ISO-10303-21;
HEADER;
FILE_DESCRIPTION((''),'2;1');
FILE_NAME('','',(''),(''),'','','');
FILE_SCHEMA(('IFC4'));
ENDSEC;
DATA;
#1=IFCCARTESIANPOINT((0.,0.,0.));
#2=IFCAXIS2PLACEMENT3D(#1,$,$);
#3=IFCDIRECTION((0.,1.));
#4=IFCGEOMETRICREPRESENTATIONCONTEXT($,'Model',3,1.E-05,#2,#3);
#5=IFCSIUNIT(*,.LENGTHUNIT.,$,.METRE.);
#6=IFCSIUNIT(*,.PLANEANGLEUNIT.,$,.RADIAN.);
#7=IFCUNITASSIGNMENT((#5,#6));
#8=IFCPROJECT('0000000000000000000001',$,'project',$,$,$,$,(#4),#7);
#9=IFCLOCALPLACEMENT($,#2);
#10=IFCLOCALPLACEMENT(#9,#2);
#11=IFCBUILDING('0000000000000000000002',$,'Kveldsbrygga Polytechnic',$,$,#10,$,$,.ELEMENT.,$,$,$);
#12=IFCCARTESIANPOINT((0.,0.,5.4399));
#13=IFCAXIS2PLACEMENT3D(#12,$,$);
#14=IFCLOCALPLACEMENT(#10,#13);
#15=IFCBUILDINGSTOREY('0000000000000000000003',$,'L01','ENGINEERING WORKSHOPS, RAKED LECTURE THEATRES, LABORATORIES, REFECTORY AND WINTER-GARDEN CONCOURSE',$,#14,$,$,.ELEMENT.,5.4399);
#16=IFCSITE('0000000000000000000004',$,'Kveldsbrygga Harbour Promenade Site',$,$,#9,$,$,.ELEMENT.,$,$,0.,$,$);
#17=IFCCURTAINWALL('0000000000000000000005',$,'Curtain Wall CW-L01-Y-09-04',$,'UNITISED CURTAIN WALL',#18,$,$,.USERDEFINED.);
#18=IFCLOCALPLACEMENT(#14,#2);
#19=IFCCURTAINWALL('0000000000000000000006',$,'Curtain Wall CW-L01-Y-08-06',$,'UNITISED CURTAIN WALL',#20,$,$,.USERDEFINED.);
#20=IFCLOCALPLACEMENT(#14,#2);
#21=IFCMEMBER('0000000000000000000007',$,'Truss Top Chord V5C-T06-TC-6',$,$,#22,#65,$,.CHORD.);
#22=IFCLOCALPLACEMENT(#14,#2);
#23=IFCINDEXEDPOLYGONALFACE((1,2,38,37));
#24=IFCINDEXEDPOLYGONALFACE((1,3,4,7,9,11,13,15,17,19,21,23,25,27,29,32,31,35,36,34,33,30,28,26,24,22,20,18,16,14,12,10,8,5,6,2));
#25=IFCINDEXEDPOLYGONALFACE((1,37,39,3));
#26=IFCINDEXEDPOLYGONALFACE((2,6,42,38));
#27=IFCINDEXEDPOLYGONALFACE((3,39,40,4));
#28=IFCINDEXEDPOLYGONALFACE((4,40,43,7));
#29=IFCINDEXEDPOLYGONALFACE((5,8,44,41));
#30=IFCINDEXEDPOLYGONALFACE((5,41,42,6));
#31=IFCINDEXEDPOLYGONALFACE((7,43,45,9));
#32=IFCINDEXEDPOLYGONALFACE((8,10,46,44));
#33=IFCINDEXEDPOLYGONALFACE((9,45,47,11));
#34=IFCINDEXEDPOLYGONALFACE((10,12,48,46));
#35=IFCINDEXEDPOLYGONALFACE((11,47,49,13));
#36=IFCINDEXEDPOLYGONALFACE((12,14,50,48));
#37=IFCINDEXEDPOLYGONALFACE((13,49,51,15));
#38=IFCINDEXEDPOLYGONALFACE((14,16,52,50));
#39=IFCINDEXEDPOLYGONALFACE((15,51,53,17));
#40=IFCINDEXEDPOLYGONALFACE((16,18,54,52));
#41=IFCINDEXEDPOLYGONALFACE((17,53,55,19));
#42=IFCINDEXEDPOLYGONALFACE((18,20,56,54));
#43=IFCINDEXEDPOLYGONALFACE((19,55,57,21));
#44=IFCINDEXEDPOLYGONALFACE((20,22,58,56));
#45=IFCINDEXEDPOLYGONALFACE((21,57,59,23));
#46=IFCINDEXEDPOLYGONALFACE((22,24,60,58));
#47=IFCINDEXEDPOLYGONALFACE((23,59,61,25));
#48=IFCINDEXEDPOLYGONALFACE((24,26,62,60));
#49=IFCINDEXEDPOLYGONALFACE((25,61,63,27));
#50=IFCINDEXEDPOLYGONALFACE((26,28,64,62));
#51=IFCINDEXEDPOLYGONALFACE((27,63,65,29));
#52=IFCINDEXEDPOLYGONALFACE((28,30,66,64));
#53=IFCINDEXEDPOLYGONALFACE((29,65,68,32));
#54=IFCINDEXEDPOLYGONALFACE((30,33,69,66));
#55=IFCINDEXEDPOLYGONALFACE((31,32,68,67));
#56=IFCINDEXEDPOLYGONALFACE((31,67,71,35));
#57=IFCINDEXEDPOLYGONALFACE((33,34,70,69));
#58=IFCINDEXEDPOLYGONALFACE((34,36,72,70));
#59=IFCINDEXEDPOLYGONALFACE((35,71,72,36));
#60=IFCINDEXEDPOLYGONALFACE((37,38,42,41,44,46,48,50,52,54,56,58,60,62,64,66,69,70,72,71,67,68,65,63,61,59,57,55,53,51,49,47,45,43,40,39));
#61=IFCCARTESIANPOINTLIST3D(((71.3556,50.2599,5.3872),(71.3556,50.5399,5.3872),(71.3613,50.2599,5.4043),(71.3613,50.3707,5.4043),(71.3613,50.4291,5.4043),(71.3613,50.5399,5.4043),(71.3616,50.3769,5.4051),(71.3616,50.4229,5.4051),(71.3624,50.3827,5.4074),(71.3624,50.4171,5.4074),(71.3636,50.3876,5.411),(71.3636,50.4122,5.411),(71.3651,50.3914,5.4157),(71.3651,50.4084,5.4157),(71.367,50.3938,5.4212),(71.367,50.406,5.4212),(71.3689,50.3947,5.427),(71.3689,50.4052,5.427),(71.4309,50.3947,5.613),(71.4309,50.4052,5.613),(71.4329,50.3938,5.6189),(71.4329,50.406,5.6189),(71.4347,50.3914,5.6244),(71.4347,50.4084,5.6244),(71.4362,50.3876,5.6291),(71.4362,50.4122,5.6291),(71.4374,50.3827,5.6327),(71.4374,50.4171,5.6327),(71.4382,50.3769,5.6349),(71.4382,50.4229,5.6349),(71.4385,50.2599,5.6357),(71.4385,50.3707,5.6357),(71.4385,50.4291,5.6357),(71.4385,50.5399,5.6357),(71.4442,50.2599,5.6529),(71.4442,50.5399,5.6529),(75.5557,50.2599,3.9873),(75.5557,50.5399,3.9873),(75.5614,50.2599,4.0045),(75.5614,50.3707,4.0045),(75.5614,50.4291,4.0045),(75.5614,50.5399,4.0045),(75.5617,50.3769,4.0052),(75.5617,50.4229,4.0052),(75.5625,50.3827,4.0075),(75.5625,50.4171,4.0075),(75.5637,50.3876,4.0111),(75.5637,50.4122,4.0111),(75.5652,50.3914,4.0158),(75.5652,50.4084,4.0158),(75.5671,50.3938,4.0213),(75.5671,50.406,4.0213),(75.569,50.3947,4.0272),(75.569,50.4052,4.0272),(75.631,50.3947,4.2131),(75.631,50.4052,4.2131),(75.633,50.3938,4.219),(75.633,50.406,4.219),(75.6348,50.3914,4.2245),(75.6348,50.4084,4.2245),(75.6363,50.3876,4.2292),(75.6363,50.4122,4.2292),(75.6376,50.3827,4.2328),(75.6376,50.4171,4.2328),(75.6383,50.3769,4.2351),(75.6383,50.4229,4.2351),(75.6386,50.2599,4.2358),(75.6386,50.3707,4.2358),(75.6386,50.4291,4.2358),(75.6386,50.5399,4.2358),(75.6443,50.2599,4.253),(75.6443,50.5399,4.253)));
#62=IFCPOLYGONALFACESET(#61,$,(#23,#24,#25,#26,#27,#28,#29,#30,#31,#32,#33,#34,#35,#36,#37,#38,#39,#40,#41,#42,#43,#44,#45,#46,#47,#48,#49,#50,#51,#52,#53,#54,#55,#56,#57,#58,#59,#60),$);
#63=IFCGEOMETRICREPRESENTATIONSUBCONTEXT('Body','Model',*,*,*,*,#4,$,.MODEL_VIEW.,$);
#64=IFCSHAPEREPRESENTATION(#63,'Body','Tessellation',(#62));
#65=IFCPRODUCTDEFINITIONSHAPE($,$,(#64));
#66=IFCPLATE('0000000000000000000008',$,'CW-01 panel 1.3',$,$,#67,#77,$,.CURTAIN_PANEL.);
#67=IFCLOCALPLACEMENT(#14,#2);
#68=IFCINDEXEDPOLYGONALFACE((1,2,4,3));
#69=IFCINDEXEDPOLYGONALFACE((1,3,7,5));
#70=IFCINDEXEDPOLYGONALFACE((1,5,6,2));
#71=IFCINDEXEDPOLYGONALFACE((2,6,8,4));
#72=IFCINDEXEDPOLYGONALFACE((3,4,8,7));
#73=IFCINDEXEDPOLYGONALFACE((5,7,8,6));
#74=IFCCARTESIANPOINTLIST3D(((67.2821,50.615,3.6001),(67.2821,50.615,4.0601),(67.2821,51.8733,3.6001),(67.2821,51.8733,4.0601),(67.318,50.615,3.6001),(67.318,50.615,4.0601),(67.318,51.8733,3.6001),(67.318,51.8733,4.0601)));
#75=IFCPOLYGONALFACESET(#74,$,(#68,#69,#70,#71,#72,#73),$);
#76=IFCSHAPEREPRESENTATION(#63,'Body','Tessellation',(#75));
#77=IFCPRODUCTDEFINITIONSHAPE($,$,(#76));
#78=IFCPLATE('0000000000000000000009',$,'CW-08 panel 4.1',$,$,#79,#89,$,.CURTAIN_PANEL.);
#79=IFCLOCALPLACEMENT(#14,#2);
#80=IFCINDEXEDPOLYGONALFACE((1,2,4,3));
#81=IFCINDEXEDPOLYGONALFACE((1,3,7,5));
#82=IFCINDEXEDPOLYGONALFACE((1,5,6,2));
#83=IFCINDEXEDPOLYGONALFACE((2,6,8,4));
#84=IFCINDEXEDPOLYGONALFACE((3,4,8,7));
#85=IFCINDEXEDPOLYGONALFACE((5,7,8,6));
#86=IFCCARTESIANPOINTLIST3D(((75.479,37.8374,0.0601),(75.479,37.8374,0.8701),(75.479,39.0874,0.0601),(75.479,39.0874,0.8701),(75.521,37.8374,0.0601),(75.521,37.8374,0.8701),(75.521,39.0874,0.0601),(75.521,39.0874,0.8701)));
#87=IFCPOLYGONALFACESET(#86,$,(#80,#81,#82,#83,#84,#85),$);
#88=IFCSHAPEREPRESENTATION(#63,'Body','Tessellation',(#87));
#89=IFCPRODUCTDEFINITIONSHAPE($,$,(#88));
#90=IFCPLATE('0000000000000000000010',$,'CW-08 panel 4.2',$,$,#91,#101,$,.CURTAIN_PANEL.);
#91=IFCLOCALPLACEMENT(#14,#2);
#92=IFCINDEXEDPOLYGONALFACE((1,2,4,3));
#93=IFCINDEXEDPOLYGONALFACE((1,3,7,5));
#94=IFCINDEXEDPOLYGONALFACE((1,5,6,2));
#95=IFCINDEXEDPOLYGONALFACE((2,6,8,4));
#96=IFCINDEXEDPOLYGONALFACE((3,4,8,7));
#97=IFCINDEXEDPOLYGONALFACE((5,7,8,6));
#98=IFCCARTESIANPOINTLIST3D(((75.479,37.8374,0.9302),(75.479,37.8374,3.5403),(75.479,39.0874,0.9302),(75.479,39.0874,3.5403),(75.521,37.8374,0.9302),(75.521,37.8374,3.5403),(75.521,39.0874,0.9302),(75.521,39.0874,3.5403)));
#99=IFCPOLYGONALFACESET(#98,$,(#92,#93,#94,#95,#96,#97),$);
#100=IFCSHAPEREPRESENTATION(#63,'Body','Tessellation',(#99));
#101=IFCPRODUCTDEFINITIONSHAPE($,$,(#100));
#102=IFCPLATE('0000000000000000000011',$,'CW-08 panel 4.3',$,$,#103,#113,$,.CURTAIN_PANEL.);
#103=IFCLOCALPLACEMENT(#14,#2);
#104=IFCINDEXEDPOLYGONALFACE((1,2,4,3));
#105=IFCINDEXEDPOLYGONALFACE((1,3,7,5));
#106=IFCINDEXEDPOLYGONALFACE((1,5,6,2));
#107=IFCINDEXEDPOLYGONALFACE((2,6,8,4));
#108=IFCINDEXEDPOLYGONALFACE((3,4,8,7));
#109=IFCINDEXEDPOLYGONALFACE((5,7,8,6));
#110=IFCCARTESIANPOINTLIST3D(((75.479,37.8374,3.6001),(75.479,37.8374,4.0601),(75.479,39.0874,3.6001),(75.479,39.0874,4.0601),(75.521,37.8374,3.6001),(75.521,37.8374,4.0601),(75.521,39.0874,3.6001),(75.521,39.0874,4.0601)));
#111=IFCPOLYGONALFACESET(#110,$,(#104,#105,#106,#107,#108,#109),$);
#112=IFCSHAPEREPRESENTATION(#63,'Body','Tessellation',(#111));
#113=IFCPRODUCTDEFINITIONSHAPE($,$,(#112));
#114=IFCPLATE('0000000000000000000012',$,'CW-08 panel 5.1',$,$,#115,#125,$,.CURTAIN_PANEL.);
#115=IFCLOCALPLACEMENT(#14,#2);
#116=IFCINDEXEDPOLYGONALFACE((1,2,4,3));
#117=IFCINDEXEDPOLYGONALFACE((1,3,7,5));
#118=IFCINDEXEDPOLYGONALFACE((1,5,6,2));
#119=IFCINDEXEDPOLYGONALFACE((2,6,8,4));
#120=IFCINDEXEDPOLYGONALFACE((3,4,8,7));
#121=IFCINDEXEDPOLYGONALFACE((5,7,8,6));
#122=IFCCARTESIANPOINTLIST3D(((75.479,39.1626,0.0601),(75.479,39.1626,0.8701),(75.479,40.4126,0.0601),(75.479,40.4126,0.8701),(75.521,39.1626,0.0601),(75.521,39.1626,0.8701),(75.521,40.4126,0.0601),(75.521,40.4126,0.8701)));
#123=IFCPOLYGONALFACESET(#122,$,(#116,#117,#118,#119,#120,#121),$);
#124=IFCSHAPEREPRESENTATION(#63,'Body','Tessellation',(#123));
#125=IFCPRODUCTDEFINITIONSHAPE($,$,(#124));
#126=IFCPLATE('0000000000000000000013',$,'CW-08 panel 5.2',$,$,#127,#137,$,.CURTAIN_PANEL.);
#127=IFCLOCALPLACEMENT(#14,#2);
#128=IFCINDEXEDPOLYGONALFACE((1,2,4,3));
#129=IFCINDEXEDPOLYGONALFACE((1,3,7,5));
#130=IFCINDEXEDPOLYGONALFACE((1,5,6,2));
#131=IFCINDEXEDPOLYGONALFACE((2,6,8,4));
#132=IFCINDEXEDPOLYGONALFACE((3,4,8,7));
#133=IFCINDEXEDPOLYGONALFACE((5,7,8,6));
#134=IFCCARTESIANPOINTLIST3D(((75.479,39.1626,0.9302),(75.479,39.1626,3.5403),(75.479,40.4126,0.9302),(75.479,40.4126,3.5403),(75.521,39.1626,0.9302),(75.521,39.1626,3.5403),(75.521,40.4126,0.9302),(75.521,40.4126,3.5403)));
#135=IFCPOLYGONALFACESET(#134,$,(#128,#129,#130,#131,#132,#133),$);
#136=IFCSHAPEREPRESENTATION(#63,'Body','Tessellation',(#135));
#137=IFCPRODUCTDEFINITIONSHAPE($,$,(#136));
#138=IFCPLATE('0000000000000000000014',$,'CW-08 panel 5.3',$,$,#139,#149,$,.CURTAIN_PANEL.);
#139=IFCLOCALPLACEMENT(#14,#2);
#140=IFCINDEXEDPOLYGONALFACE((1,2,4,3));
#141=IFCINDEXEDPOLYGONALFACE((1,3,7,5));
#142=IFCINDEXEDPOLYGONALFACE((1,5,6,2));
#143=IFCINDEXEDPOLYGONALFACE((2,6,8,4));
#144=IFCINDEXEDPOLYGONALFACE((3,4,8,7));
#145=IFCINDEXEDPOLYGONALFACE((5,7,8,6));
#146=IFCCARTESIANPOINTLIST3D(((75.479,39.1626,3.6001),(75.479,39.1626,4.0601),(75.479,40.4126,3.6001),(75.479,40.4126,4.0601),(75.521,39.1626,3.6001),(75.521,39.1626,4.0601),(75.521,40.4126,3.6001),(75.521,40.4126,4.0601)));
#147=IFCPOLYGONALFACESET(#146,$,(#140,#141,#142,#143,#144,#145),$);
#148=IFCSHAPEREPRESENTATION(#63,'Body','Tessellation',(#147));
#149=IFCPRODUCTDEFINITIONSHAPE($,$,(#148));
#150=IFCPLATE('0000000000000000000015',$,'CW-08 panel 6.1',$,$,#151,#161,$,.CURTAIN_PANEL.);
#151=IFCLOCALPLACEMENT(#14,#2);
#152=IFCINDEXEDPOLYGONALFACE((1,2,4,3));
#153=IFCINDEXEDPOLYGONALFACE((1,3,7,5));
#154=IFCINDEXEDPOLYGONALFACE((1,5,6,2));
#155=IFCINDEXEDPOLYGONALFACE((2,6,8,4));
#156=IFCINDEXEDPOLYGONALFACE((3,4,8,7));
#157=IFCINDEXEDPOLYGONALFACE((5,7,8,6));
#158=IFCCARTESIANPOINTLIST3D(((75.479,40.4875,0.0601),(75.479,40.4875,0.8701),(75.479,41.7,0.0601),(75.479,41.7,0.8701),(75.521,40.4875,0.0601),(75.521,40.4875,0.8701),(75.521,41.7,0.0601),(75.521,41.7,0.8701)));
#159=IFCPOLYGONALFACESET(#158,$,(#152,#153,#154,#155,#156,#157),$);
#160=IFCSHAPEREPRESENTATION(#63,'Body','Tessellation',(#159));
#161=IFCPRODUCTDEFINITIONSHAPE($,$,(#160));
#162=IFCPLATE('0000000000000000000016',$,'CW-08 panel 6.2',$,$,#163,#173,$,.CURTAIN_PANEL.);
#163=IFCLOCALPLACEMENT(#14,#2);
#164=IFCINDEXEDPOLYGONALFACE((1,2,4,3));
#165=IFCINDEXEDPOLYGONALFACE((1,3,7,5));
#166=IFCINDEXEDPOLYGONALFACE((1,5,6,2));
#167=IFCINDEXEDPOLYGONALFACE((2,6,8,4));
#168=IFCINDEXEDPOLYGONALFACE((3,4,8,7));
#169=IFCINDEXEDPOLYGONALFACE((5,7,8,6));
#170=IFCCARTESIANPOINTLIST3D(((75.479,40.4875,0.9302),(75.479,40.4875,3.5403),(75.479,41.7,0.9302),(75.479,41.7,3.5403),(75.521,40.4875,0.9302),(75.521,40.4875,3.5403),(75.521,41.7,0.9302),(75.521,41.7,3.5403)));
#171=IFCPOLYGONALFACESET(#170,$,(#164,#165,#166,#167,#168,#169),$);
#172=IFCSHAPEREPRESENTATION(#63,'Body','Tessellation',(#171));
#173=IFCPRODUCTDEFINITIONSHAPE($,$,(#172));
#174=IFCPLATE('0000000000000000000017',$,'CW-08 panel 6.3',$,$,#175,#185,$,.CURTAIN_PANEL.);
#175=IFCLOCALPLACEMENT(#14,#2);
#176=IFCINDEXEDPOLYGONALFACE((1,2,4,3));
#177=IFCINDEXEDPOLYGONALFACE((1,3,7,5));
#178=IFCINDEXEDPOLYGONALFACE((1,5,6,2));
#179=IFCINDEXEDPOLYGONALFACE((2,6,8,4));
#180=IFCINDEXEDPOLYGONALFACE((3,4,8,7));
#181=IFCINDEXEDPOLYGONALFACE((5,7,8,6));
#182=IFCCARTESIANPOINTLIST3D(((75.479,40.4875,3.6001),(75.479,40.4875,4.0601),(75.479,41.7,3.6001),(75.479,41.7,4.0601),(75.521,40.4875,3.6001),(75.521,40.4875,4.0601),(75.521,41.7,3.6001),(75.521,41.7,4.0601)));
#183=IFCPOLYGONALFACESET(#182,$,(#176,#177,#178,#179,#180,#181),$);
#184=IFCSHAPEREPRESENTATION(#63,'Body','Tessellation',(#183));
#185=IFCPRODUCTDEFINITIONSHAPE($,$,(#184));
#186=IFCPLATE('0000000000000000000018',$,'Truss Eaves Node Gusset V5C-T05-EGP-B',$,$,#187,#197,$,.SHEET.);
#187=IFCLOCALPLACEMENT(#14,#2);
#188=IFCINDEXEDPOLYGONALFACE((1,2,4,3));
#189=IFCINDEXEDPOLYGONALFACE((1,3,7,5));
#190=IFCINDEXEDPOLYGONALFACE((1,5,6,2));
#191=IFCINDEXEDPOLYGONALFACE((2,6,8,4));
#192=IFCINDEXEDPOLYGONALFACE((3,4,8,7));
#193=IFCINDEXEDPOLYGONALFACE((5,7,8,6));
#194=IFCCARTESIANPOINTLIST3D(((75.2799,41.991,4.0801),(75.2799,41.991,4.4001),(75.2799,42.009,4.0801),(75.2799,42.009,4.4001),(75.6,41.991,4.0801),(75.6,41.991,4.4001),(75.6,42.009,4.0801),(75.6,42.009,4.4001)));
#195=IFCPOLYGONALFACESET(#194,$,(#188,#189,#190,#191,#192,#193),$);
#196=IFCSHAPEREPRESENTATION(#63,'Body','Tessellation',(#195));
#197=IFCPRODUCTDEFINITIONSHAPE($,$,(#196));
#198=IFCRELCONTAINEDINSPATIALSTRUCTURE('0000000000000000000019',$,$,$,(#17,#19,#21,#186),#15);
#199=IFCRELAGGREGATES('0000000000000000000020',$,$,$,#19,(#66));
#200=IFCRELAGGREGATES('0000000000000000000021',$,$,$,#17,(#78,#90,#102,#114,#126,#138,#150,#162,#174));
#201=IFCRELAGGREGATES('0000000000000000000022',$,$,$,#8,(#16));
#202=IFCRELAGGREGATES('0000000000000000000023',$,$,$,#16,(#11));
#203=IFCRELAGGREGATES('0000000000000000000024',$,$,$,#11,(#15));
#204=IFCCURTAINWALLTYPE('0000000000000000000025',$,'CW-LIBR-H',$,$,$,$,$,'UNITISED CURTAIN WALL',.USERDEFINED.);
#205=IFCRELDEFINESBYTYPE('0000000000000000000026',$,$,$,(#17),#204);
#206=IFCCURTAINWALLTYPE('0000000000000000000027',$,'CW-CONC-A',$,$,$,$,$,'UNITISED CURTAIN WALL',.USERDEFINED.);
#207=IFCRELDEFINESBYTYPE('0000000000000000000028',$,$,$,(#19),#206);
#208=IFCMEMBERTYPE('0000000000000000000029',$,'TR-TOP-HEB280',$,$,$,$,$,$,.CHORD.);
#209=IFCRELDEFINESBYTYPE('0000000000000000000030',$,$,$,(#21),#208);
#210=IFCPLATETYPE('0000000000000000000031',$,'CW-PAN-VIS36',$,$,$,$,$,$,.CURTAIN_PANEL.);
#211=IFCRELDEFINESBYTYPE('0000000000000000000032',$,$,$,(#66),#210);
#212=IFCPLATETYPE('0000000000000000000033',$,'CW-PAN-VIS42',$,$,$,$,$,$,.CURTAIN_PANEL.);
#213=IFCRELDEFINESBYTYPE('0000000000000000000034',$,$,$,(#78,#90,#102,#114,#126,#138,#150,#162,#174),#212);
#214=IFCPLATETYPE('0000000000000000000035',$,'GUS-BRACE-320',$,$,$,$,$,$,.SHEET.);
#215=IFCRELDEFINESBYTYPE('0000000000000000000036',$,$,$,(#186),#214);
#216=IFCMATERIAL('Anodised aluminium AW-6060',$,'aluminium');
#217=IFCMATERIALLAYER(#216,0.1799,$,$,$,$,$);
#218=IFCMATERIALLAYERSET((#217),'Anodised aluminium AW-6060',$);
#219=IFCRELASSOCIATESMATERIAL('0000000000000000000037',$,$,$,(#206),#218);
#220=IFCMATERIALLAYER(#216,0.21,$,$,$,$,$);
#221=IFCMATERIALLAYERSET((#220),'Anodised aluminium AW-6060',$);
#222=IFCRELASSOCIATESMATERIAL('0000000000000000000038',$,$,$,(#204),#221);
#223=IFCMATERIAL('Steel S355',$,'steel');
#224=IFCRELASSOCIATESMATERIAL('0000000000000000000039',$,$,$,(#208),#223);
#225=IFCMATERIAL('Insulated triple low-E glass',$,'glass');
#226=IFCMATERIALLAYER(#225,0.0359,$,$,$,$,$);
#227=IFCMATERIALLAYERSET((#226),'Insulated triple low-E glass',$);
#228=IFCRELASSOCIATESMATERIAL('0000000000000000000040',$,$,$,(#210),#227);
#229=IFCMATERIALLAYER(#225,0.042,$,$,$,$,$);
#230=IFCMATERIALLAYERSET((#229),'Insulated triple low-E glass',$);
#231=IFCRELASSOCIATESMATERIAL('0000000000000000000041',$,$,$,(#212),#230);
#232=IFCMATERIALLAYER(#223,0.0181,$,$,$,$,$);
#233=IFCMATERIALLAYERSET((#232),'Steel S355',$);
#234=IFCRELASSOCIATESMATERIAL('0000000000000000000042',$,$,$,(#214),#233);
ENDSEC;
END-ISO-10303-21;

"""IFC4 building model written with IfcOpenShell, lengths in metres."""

from ifc_helpers import new_model, si_unit, direction, frame, origin, origin_2d, place, context, subcontext, project, spatial, rectangle, i_section, extrude, material, layer, layer_set, material_profile, profile_set, type_object, element, aggregate, save


model = new_model("IFC4")

# Units and contexts
model_context = context("Model", 3, precision=1e-05, world=origin(), true_north=direction((0.0, 1.0)))
body_context = subcontext(model_context, "Body", "Model", "MODEL_VIEW")
ifc_project = project(units=[si_unit("LENGTHUNIT", "METRE"), si_unit("PLANEANGLEUNIT", "RADIAN")], contexts=[model_context])

# Site, building, storey
site_placement = place(None, origin())
site = spatial("IfcSite", under=ifc_project, at=site_placement, Name="Kveldsbrygga Harbour Promenade Site", CompositionType="ELEMENT", RefElevation=0.0)
building_placement = place(site_placement, origin())
building = spatial("IfcBuilding", under=site, at=building_placement, Name="Kveldsbrygga Polytechnic", CompositionType="ELEMENT")
storey_placement = place(building_placement, frame((0.0, 0.0, 5.4399)))
storey = spatial("IfcBuildingStorey", under=building, at=storey_placement, Name="L01", Description="ENGINEERING WORKSHOPS, RAKED LECTURE THEATRES, LABORATORIES, REFECTORY AND WINTER-GARDEN CONCOURSE", CompositionType="ELEMENT", Elevation=5.4399)

# Shared definitions
ifc_material_1 = material(Name="Anodised aluminium AW-6060", Category="aluminium")
ifc_layer_1 = layer(ifc_material_1, 0.1799)
ifc_layer_set_1 = layer_set([ifc_layer_1], Name="Anodised aluminium AW-6060")
curtain_wall_type_1 = type_object("IfcCurtainWallType", Name="CW-CONC-A", ElementType="UNITISED CURTAIN WALL", PredefinedType="USERDEFINED", material=ifc_layer_set_1)

# Curtain wall
ifc_layer_2 = layer(ifc_material_1, 0.21)
ifc_layer_set_2 = layer_set([ifc_layer_2], Name="Anodised aluminium AW-6060")
curtain_wall_type_2 = type_object("IfcCurtainWallType", Name="CW-LIBR-H", ElementType="UNITISED CURTAIN WALL", PredefinedType="USERDEFINED", material=ifc_layer_set_2)
curtain_wall_1_placement = place(storey_placement, origin())
curtain_wall_1 = element("IfcCurtainWall", 1, at=curtain_wall_1_placement, inside=storey, type_object=curtain_wall_type_2, Name="Curtain Wall CW-L01-Y-09-04", ObjectType="UNITISED CURTAIN WALL", PredefinedType="USERDEFINED")

# Curtain wall
curtain_wall_2_placement = place(storey_placement, origin())
curtain_wall_2 = element("IfcCurtainWall", 2, at=curtain_wall_2_placement, inside=storey, type_object=curtain_wall_type_1, Name="Curtain Wall CW-L01-Y-08-06", ObjectType="UNITISED CURTAIN WALL", PredefinedType="USERDEFINED")

# Member
ifc_material_2 = material(Name="Steel S355", Category="steel")
ifc_material_profile_1 = material_profile(ifc_material_2, i_section(OverallWidth=0.28, OverallDepth=0.28, WebThickness=0.0105, FlangeThickness=0.0181, FilletRadius=0.0239, at=origin_2d()), Name="HEB 280")
ifc_profile_set_1 = profile_set([ifc_material_profile_1], Name="Steel S355")
member_type_1 = type_object("IfcMemberType", Name="TR-TOP-HEB280", PredefinedType="CHORD", material=ifc_profile_set_1)
for number, where, z_axis, x_axis, name in (
    (3, (71.3999, 50.3999, 5.52), (0.948694, 0.0, -0.316195), (0.0, 1.0, 0.0), "Truss Top Chord V5C-T06-TC-6"),
):
    element("IfcMember", number, at=place(storey_placement, frame(where, z_axis=z_axis, x_axis=x_axis)), inside=storey, type_object=member_type_1, Name=name, PredefinedType="CHORD", context=body_context, shape_type="SweptSolid", body=[
        extrude(i_section(OverallWidth=0.28, OverallDepth=0.28, WebThickness=0.0105, FlangeThickness=0.0181, FilletRadius=0.0239, at=origin_2d()), origin(), (0.0, 0.0, 1.0), 4.4272),
    ])

# Plates
ifc_material_3 = material(Name="Insulated triple low-E glass", Category="glass")
ifc_layer_3 = layer(ifc_material_3, 0.0359)
ifc_layer_set_3 = layer_set([ifc_layer_3], Name="Insulated triple low-E glass")
plate_type_1 = type_object("IfcPlateType", Name="CW-PAN-VIS36", PredefinedType="CURTAIN_PANEL", material=ifc_layer_set_3)
plate_1_placement = place(storey_placement, frame((67.3, 51.2441, 3.6001), z_axis=(0.0, 0.0, 1.0), x_axis=(0.0, 1.0, 0.0)))
plate_1 = element("IfcPlate", 4, at=plate_1_placement, type_object=plate_type_1, Name="CW-01 panel 1.3", PredefinedType="CURTAIN_PANEL", context=body_context, shape_type="SweptSolid", body=[
    extrude(rectangle(XDim=1.2583, YDim=0.0359, at=origin_2d()), origin(), (0.0, 0.0, 1.0), 0.46),
])
aggregate(curtain_wall_2, [plate_1])
ifc_layer_4 = layer(ifc_material_3, 0.042)
ifc_layer_set_4 = layer_set([ifc_layer_4], Name="Insulated triple low-E glass")
plate_type_2 = type_object("IfcPlateType", Name="CW-PAN-VIS42", PredefinedType="CURTAIN_PANEL", material=ifc_layer_set_4)
plate_2_placement = place(storey_placement, frame((75.5, 38.4624, 0.0601), z_axis=(0.0, 0.0, 1.0), x_axis=(0.0, 1.0, 0.0)))
plate_2 = element("IfcPlate", 5, at=plate_2_placement, type_object=plate_type_2, Name="CW-08 panel 4.1", PredefinedType="CURTAIN_PANEL", context=body_context, shape_type="SweptSolid", body=[
    extrude(rectangle(XDim=1.25, YDim=0.042, at=origin_2d()), origin(), (0.0, 0.0, 1.0), 0.8101),
])
plate_3_placement = place(storey_placement, frame((75.5, 38.4624, 0.9302), z_axis=(0.0, 0.0, 1.0), x_axis=(0.0, 1.0, 0.0)))
plate_3 = element("IfcPlate", 6, at=plate_3_placement, type_object=plate_type_2, Name="CW-08 panel 4.2", PredefinedType="CURTAIN_PANEL", context=body_context, shape_type="SweptSolid", body=[
    extrude(rectangle(XDim=1.25, YDim=0.042, at=origin_2d()), origin(), (0.0, 0.0, 1.0), 2.6101),
])
plate_4_placement = place(storey_placement, frame((75.5, 38.4624, 3.6001), z_axis=(0.0, 0.0, 1.0), x_axis=(0.0, 1.0, 0.0)))
plate_4 = element("IfcPlate", 7, at=plate_4_placement, type_object=plate_type_2, Name="CW-08 panel 4.3", PredefinedType="CURTAIN_PANEL", context=body_context, shape_type="SweptSolid", body=[
    extrude(rectangle(XDim=1.25, YDim=0.042, at=origin_2d()), origin(), (0.0, 0.0, 1.0), 0.46),
])
plate_5_placement = place(storey_placement, frame((75.5, 39.7876, 0.0601), z_axis=(0.0, 0.0, 1.0), x_axis=(0.0, 1.0, 0.0)))
plate_5 = element("IfcPlate", 8, at=plate_5_placement, type_object=plate_type_2, Name="CW-08 panel 5.1", PredefinedType="CURTAIN_PANEL", context=body_context, shape_type="SweptSolid", body=[
    extrude(rectangle(XDim=1.25, YDim=0.042, at=origin_2d()), origin(), (0.0, 0.0, 1.0), 0.8101),
])
plate_6_placement = place(storey_placement, frame((75.5, 39.7876, 0.9302), z_axis=(0.0, 0.0, 1.0), x_axis=(0.0, 1.0, 0.0)))
plate_6 = element("IfcPlate", 9, at=plate_6_placement, type_object=plate_type_2, Name="CW-08 panel 5.2", PredefinedType="CURTAIN_PANEL", context=body_context, shape_type="SweptSolid", body=[
    extrude(rectangle(XDim=1.25, YDim=0.042, at=origin_2d()), origin(), (0.0, 0.0, 1.0), 2.6101),
])
plate_7_placement = place(storey_placement, frame((75.5, 39.7876, 3.6001), z_axis=(0.0, 0.0, 1.0), x_axis=(0.0, 1.0, 0.0)))
plate_7 = element("IfcPlate", 10, at=plate_7_placement, type_object=plate_type_2, Name="CW-08 panel 5.3", PredefinedType="CURTAIN_PANEL", context=body_context, shape_type="SweptSolid", body=[
    extrude(rectangle(XDim=1.25, YDim=0.042, at=origin_2d()), origin(), (0.0, 0.0, 1.0), 0.46),
])
plate_8_placement = place(storey_placement, frame((75.5, 41.0938, 0.0601), z_axis=(0.0, 0.0, 1.0), x_axis=(0.0, 1.0, 0.0)))
plate_8 = element("IfcPlate", 11, at=plate_8_placement, type_object=plate_type_2, Name="CW-08 panel 6.1", PredefinedType="CURTAIN_PANEL", context=body_context, shape_type="SweptSolid", body=[
    extrude(rectangle(XDim=1.2124, YDim=0.042, at=origin_2d()), origin(), (0.0, 0.0, 1.0), 0.8101),
])
plate_9_placement = place(storey_placement, frame((75.5, 41.0938, 0.9302), z_axis=(0.0, 0.0, 1.0), x_axis=(0.0, 1.0, 0.0)))
plate_9 = element("IfcPlate", 12, at=plate_9_placement, type_object=plate_type_2, Name="CW-08 panel 6.2", PredefinedType="CURTAIN_PANEL", context=body_context, shape_type="SweptSolid", body=[
    extrude(rectangle(XDim=1.2124, YDim=0.042, at=origin_2d()), origin(), (0.0, 0.0, 1.0), 2.6101),
])
plate_10_placement = place(storey_placement, frame((75.5, 41.0938, 3.6001), z_axis=(0.0, 0.0, 1.0), x_axis=(0.0, 1.0, 0.0)))
plate_10 = element("IfcPlate", 13, at=plate_10_placement, type_object=plate_type_2, Name="CW-08 panel 6.3", PredefinedType="CURTAIN_PANEL", context=body_context, shape_type="SweptSolid", body=[
    extrude(rectangle(XDim=1.2124, YDim=0.042, at=origin_2d()), origin(), (0.0, 0.0, 1.0), 0.46),
])
aggregate(curtain_wall_1, [plate_2, plate_3, plate_4, plate_5, plate_6, plate_7, plate_8, plate_9, plate_10])

# Plate
ifc_layer_5 = layer(ifc_material_2, 0.0181)
ifc_layer_set_5 = layer_set([ifc_layer_5], Name="Steel S355")
plate_type_3 = type_object("IfcPlateType", Name="GUS-BRACE-320", PredefinedType="SHEET", material=ifc_layer_set_5)
for number, where, z_axis, x_axis, name in (
    (14, (75.4399, 42.0, 4.0801), (0.0, 0.0, 1.0), (1.0, 0.0, 0.0), "Truss Eaves Node Gusset V5C-T05-EGP-B"),
):
    element("IfcPlate", number, at=place(storey_placement, frame(where, z_axis=z_axis, x_axis=x_axis)), inside=storey, type_object=plate_type_3, Name=name, PredefinedType="SHEET", context=body_context, shape_type="SweptSolid", body=[
        extrude(rectangle(XDim=0.3201, YDim=0.0181, at=origin_2d()), origin(), (0.0, 0.0, 1.0), 0.3201),
    ])

save(model, "model.ifc")
